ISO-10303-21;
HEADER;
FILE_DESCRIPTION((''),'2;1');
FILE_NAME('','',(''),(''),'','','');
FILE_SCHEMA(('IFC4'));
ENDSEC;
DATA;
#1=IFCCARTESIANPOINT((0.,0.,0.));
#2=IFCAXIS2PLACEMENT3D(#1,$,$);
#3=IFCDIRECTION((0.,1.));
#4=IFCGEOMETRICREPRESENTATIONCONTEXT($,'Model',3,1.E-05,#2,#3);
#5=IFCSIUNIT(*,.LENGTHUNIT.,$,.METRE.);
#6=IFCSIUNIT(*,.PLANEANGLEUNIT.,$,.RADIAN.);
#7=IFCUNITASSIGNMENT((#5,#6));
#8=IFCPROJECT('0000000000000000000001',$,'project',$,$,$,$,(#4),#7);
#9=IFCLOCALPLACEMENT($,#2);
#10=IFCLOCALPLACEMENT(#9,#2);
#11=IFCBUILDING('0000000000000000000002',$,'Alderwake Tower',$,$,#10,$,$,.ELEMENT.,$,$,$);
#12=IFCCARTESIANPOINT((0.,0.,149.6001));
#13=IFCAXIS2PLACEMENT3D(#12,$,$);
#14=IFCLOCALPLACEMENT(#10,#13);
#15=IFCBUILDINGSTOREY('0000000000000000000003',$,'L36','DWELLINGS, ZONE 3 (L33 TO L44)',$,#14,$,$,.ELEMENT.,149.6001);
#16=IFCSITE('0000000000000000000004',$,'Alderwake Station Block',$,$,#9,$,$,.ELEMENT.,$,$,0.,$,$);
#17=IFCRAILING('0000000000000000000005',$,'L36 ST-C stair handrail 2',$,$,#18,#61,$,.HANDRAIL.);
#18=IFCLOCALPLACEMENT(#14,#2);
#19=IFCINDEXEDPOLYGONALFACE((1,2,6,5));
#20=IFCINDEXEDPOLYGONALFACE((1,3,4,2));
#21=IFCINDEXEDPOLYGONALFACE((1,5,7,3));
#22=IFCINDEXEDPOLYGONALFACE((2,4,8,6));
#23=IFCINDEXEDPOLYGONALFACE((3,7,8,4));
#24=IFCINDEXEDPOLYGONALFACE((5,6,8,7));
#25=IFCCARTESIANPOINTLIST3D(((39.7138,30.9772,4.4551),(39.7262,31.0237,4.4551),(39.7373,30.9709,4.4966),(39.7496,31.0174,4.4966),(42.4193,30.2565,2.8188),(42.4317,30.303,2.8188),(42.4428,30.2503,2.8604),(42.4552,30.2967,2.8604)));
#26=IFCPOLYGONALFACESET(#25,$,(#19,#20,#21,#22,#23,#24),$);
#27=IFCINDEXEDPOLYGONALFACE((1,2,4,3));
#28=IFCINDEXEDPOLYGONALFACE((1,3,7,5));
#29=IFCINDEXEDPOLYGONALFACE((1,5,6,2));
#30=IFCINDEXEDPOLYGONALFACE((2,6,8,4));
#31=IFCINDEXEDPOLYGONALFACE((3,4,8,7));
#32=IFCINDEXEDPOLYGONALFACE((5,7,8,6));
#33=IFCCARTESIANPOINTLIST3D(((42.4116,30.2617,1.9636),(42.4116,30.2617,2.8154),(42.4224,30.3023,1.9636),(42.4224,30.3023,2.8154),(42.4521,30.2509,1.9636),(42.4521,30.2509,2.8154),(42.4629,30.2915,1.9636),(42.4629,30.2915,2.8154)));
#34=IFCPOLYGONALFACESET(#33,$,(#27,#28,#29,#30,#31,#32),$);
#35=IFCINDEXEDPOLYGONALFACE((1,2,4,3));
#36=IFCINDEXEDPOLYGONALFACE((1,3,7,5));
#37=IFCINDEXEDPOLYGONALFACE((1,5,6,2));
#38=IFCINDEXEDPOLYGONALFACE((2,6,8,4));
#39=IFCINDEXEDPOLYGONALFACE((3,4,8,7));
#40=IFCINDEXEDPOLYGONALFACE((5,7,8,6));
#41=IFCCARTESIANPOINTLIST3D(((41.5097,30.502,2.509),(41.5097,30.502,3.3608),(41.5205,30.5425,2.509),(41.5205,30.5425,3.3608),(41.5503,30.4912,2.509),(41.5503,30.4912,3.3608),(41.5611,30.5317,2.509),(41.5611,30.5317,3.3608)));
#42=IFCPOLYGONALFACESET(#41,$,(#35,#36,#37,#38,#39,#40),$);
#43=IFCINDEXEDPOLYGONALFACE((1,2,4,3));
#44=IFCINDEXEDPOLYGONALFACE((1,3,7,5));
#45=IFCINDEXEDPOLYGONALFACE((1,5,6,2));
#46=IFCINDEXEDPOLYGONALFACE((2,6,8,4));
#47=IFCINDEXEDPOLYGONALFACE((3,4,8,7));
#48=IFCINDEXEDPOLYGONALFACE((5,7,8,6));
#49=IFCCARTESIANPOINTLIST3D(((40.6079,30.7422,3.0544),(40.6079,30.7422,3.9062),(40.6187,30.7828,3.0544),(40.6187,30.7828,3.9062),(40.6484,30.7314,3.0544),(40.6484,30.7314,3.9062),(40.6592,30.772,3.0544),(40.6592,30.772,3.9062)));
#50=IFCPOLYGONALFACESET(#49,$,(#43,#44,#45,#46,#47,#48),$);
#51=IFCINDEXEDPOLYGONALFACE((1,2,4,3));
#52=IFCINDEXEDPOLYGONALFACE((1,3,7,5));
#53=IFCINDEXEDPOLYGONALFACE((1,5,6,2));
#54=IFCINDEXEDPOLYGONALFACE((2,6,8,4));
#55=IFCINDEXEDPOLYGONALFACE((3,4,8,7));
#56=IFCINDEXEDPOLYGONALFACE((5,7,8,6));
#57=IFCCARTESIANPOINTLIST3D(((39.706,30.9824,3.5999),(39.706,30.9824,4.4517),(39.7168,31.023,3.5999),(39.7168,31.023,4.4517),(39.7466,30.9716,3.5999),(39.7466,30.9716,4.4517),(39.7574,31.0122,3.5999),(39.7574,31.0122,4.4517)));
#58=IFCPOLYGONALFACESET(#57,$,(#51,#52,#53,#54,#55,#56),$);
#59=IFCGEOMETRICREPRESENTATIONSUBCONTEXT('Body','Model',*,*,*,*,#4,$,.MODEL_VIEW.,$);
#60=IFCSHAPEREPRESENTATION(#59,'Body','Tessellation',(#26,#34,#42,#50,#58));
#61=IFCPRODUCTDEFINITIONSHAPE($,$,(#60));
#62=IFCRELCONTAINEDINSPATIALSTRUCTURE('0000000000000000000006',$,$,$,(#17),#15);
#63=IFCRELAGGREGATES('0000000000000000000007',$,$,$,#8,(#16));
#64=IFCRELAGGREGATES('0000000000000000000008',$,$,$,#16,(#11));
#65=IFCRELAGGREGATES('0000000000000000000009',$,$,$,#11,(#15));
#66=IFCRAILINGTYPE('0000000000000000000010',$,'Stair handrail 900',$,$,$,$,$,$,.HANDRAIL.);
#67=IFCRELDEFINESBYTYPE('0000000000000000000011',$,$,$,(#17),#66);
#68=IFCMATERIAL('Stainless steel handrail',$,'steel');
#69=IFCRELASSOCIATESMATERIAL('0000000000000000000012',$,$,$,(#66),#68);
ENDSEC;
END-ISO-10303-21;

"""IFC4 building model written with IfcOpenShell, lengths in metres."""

from ifc_helpers import new_model, si_unit, direction, frame, origin, origin_2d, place, context, subcontext, project, spatial, rectangle, extrude, material, type_object, element, save


model = new_model("IFC4")

# Units and contexts
model_context = context("Model", 3, precision=1e-05, world=origin(), true_north=direction((0.0, 1.0)))
body_context = subcontext(model_context, "Body", "Model", "MODEL_VIEW")
ifc_project = project(units=[si_unit("LENGTHUNIT", "METRE"), si_unit("PLANEANGLEUNIT", "RADIAN")], contexts=[model_context])

# Site, building, storey
site_placement = place(None, origin())
site = spatial("IfcSite", under=ifc_project, at=site_placement, Name="Alderwake Station Block", CompositionType="ELEMENT", RefElevation=0.0)
building_placement = place(site_placement, origin())
building = spatial("IfcBuilding", under=site, at=building_placement, Name="Alderwake Tower", CompositionType="ELEMENT")
storey_placement = place(building_placement, frame((0.0, 0.0, 149.6001)))
storey = spatial("IfcBuildingStorey", under=building, at=storey_placement, Name="L36", Description="DWELLINGS, ZONE 3 (L33 TO L44)", CompositionType="ELEMENT", Elevation=149.6001)

# Railing
ifc_material_1 = material(Name="Stainless steel handrail", Category="steel")
railing_type_1 = type_object("IfcRailingType", Name="Stair handrail 900", PredefinedType="HANDRAIL", material=ifc_material_1)
railing_1_placement = place(storey_placement, frame((42.4373, 30.2766, 1.9636)))
element("IfcRailing", 1, at=railing_1_placement, inside=storey, type_object=railing_type_1, Name="L36 ST-C stair handrail 2", PredefinedType="HANDRAIL", context=body_context, shape_type="SweptSolid", body=[
    extrude(rectangle(XDim=0.0481, YDim=0.0481, at=origin_2d()), frame((0.0, 0.0, 0.876), z_axis=(-0.834291, 0.222237, 0.504549), x_axis=(-0.257402, -0.966304, 0.0)), (0.0, 0.0, 1.0), 3.2429),
    extrude(rectangle(XDim=0.042, YDim=0.042, at=origin_2d()), frame((0.0, 0.0, 0.0), z_axis=(0.0, 0.0, 1.0), x_axis=(-0.966304, 0.257402, 0.0)), (0.0, 0.0, 1.0), 0.8518),
    extrude(rectangle(XDim=0.042, YDim=0.042, at=origin_2d()), frame((-0.9019, 0.2402, 0.5454), z_axis=(0.0, 0.0, 1.0), x_axis=(-0.966304, 0.257402, 0.0)), (0.0, 0.0, 1.0), 0.8518),
    extrude(rectangle(XDim=0.042, YDim=0.042, at=origin_2d()), frame((-1.8037, 0.4805, 1.0908), z_axis=(0.0, 0.0, 1.0), x_axis=(-0.966304, 0.257402, 0.0)), (0.0, 0.0, 1.0), 0.8518),
    extrude(rectangle(XDim=0.042, YDim=0.042, at=origin_2d()), frame((-2.7056, 0.7207, 1.6362), z_axis=(0.0, 0.0, 1.0), x_axis=(-0.966304, 0.257402, 0.0)), (0.0, 0.0, 1.0), 0.8518),
])

save(model, "model.ifc")
